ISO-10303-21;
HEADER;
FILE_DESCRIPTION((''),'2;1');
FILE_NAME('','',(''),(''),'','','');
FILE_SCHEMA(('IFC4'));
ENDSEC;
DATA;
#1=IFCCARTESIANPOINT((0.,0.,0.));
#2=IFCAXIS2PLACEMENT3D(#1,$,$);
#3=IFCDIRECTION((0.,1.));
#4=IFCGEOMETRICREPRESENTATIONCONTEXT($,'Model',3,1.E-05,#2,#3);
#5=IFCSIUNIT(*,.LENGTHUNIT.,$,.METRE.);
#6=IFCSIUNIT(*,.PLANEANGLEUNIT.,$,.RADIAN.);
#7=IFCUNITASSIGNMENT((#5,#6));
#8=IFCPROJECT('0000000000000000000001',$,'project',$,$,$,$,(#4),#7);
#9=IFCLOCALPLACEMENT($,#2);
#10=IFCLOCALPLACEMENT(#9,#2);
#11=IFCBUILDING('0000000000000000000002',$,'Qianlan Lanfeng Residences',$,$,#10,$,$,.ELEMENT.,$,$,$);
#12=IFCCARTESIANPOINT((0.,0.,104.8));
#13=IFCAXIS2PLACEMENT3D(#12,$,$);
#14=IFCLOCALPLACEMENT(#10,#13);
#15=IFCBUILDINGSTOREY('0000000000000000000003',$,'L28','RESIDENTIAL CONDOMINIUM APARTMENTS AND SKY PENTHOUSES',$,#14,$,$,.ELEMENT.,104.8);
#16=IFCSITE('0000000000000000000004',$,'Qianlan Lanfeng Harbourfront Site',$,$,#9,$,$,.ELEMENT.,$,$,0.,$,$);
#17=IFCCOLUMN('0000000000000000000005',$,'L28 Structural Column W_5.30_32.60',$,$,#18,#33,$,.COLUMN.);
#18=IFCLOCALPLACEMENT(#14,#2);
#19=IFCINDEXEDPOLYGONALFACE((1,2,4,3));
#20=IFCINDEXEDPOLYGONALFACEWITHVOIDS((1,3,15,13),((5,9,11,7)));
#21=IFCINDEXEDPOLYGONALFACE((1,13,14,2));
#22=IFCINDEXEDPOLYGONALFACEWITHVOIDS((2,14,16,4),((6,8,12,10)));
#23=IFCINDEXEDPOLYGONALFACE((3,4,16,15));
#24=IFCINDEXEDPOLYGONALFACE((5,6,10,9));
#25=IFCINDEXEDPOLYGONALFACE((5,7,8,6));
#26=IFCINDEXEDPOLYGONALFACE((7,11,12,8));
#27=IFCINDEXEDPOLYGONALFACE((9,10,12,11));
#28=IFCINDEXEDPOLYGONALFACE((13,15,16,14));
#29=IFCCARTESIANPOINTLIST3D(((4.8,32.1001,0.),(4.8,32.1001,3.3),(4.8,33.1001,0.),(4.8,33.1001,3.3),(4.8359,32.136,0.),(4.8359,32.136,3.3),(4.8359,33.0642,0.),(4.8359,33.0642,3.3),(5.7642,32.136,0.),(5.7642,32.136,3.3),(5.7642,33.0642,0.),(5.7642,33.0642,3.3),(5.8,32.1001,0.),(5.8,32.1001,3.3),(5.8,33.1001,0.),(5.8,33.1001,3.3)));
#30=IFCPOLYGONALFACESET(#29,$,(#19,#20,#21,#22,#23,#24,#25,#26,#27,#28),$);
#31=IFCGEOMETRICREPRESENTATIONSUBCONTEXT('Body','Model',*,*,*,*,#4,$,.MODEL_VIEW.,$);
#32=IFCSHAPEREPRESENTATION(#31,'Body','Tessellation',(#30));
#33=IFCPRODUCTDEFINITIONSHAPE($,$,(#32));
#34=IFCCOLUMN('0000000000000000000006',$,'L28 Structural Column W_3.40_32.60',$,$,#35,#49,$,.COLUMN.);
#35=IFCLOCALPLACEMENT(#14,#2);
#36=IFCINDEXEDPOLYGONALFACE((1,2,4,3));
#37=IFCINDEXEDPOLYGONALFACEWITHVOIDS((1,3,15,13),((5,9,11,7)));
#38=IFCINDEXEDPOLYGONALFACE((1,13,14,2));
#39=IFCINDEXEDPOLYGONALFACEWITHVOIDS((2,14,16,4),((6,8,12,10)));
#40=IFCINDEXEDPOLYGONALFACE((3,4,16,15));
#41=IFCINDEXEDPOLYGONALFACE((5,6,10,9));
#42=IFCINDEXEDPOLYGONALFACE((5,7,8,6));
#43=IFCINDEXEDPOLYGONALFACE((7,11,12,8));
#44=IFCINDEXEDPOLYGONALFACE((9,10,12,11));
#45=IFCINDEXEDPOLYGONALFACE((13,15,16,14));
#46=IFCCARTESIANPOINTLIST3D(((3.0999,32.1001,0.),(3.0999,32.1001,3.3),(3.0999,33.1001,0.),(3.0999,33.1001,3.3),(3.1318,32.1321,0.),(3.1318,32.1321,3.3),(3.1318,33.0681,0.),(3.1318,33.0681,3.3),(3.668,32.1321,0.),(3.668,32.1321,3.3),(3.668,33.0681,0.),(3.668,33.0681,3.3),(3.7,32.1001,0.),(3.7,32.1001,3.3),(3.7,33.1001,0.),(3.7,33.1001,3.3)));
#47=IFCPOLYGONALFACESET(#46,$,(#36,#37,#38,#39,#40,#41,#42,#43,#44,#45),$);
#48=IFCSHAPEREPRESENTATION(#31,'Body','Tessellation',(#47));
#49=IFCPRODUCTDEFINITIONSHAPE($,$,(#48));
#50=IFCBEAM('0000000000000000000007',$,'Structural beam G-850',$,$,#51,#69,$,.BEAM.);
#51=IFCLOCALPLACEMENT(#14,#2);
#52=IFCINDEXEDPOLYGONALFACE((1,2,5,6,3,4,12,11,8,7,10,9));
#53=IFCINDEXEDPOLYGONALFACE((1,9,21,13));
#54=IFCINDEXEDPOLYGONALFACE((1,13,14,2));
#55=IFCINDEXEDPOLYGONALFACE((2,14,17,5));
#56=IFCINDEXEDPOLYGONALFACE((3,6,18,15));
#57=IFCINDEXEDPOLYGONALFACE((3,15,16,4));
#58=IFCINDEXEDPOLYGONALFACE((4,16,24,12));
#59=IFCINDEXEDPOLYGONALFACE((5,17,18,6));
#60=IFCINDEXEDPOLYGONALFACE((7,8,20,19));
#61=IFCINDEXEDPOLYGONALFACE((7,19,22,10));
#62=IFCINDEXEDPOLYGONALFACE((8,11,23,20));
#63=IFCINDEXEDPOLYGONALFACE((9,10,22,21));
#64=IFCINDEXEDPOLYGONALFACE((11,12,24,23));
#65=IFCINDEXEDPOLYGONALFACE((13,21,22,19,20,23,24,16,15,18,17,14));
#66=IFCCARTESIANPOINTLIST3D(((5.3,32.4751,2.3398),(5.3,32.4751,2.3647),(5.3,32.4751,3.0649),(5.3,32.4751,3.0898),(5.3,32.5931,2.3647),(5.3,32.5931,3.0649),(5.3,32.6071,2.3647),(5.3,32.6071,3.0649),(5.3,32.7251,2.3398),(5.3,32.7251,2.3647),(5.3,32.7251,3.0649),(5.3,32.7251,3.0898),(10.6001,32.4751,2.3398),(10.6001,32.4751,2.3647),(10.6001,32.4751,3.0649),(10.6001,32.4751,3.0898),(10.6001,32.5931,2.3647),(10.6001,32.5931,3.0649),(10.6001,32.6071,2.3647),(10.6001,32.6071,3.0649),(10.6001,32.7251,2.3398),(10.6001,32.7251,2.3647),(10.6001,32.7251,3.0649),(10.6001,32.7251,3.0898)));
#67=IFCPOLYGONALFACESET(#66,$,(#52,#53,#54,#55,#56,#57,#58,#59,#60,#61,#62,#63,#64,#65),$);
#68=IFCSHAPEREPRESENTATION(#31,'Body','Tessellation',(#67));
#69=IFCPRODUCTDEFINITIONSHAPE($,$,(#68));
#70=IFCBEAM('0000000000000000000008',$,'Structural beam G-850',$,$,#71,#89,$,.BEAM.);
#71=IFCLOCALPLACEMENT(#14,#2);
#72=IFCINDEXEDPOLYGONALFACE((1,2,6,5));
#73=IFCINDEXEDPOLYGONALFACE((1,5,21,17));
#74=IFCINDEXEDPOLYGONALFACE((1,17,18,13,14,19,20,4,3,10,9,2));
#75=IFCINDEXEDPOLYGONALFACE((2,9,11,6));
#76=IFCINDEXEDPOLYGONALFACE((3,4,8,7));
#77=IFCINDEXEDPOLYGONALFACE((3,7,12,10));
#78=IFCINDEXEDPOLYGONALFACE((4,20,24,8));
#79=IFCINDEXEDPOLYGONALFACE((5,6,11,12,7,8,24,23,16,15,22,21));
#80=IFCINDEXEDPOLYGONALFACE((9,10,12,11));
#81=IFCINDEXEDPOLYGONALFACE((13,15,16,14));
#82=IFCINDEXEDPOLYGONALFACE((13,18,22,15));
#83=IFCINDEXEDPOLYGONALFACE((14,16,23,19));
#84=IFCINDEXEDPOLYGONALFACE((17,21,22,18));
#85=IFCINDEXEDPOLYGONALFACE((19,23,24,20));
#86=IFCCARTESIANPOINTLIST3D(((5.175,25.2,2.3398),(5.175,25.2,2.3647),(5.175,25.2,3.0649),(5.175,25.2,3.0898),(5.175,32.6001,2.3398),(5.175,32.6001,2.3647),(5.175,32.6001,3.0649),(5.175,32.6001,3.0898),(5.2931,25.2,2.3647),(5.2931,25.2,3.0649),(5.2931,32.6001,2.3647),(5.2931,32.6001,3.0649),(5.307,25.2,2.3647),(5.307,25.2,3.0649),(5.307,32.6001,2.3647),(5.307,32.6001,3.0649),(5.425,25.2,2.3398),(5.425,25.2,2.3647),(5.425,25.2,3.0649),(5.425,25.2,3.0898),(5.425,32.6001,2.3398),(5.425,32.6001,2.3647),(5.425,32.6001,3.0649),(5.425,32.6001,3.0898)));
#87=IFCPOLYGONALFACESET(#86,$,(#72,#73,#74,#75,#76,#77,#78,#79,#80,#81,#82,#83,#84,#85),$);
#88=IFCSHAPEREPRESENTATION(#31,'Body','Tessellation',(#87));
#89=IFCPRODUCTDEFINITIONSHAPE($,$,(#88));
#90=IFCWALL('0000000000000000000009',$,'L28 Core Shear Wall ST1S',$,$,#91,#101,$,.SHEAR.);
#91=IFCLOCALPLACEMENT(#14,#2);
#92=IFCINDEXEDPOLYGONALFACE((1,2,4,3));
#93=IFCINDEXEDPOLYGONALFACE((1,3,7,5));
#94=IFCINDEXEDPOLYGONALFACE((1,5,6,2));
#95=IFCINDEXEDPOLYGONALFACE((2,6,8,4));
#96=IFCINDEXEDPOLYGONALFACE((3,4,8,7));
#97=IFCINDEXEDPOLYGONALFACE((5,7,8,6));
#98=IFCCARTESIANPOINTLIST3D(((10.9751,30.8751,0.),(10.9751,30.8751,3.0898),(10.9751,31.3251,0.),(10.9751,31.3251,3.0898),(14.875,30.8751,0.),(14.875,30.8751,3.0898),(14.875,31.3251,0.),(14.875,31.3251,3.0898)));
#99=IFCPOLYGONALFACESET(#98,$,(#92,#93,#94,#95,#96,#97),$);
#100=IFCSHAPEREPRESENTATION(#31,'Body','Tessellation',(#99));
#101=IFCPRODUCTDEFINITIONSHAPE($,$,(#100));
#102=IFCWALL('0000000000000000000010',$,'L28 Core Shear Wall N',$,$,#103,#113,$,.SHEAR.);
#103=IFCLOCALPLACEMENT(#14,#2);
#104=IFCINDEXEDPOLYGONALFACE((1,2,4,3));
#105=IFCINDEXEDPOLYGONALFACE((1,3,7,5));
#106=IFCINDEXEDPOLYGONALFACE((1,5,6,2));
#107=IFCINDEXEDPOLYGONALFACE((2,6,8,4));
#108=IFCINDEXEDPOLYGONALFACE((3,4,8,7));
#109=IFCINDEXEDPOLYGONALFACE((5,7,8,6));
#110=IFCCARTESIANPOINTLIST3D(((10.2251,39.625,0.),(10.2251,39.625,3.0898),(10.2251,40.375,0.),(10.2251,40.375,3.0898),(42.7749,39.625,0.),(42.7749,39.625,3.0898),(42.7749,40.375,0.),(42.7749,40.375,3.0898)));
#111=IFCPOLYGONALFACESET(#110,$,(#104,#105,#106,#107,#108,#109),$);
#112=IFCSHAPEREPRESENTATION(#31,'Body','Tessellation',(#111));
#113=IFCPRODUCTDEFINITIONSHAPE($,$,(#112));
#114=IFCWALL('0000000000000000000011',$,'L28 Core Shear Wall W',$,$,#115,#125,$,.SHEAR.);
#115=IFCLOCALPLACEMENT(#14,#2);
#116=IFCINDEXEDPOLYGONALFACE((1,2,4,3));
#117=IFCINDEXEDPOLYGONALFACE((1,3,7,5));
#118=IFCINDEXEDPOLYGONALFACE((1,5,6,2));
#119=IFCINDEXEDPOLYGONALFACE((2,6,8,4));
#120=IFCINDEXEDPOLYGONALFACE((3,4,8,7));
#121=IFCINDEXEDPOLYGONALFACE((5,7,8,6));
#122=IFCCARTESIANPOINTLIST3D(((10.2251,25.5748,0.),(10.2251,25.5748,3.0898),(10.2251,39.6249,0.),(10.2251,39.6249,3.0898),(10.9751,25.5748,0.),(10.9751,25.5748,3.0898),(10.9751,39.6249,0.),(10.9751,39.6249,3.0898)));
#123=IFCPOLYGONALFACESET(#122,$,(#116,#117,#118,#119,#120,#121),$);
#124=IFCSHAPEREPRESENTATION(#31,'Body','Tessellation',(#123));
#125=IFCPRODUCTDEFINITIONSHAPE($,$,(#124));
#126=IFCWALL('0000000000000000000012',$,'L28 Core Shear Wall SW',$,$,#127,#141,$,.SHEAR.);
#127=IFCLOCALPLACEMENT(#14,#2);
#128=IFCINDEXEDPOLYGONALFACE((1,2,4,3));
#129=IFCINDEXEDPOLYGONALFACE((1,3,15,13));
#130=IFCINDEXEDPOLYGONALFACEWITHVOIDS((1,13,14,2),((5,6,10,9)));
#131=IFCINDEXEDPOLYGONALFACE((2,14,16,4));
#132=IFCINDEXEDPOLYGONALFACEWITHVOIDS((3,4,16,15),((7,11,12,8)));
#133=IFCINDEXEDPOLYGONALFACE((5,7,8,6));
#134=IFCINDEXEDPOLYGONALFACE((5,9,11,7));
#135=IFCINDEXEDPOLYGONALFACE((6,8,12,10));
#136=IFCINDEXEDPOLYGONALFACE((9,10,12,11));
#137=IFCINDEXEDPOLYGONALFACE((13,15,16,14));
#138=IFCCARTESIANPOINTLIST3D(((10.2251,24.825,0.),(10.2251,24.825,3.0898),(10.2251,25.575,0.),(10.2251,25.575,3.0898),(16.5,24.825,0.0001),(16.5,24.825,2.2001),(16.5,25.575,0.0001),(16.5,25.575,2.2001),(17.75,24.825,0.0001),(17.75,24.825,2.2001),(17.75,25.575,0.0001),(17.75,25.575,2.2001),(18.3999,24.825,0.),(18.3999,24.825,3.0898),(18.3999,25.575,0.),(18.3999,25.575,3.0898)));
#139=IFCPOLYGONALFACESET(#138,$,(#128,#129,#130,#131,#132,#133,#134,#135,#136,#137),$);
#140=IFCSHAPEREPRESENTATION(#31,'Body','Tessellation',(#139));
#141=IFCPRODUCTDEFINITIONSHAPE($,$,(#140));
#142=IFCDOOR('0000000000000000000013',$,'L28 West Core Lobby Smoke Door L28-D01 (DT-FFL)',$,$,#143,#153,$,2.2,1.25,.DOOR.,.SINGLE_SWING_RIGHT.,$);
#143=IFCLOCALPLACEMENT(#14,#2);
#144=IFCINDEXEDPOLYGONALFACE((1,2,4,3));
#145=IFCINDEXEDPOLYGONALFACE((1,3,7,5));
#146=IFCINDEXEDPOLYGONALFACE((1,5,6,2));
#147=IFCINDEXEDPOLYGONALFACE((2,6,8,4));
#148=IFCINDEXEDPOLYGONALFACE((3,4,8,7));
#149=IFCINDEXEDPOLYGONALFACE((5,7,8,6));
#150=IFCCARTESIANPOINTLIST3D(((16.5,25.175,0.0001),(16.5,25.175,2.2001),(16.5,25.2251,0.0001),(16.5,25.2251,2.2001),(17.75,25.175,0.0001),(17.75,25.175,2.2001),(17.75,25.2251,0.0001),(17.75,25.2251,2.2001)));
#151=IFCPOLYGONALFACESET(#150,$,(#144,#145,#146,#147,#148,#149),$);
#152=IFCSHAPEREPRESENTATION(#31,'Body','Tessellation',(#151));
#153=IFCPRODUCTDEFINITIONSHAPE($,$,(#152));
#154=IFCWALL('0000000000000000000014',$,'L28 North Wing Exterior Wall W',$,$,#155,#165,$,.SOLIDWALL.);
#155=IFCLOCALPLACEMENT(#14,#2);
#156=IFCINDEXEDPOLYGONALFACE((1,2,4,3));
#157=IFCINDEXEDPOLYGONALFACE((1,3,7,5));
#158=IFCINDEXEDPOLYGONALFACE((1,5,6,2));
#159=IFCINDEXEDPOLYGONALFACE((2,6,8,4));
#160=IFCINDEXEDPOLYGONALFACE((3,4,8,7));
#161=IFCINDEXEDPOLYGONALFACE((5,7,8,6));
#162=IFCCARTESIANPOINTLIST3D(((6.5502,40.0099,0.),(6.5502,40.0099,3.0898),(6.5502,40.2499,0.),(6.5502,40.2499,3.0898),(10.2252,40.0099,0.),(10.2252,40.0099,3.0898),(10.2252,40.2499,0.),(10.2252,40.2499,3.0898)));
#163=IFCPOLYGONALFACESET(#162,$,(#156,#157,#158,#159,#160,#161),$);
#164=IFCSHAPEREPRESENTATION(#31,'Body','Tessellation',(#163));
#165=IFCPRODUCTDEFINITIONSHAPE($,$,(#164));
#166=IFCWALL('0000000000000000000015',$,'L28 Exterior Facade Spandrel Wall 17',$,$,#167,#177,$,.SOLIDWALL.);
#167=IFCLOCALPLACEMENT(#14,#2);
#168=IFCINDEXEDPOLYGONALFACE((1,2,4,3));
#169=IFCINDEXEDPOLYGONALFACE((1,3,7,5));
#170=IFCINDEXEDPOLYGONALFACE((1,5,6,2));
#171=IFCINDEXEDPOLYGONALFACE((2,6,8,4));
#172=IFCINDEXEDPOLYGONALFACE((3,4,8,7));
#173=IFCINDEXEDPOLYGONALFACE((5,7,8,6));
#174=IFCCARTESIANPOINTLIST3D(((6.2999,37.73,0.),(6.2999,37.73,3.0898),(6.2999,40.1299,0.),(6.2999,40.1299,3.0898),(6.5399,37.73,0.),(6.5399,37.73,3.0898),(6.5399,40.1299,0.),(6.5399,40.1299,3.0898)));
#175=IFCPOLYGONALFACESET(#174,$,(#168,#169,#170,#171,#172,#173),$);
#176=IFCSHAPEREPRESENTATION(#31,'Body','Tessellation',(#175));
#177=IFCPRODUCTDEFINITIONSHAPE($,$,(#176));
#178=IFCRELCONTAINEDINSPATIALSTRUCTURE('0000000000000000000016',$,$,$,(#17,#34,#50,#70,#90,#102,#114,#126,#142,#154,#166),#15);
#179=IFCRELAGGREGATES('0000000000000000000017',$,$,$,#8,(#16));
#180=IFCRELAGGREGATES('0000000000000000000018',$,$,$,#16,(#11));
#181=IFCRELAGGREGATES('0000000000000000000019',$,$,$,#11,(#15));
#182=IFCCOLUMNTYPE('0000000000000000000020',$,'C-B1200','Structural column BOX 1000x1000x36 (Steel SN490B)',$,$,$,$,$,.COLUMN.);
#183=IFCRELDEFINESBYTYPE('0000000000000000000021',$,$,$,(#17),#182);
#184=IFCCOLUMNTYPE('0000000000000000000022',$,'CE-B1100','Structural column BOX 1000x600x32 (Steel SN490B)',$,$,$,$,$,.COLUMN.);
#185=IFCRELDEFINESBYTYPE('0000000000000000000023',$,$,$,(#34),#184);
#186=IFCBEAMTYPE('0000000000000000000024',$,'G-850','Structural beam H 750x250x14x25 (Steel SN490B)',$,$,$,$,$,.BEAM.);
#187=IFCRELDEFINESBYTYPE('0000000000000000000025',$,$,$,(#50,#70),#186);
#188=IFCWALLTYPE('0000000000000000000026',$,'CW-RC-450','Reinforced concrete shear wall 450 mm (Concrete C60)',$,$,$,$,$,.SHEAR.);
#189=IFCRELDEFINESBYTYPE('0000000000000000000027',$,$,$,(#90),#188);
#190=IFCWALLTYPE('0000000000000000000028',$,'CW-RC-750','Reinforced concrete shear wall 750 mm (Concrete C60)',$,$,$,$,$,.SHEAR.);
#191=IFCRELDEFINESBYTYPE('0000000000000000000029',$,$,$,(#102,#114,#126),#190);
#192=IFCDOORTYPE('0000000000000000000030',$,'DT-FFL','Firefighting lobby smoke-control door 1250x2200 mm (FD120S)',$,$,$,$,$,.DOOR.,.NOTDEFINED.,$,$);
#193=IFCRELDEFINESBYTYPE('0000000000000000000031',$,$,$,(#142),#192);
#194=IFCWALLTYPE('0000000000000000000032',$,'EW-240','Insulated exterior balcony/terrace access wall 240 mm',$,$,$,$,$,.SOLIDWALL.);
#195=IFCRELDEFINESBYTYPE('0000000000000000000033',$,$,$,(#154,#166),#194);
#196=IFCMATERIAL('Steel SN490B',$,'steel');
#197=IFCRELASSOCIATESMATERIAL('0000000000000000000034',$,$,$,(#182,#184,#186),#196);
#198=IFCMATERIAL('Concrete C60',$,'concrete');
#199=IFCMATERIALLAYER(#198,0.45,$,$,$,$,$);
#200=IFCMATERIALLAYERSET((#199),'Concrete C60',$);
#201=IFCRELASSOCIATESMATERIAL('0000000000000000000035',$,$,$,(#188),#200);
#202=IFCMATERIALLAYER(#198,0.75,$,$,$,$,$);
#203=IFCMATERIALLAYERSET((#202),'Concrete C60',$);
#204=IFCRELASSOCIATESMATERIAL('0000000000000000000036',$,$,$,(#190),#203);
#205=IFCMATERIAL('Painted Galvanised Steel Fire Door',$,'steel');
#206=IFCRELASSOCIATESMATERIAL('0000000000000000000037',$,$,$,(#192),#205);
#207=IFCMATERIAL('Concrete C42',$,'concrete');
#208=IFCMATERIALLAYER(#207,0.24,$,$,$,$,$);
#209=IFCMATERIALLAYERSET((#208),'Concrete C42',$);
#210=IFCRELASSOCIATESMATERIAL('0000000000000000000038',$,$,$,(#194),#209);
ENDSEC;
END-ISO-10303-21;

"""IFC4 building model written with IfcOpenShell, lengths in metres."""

from ifc_helpers import new_model, si_unit, direction, frame, frame_2d, origin, origin_2d, place, context, subcontext, project, spatial, rectangle, hollow_rectangle, i_section, extrude, material, layer, layer_set, material_profile, profile_set, type_object, element, fill, save


model = new_model("IFC4")

# Units and contexts
model_context = context("Model", 3, precision=1e-05, world=origin(), true_north=direction((0.0, 1.0)))
body_context = subcontext(model_context, "Body", "Model", "MODEL_VIEW")
ifc_project = project(units=[si_unit("LENGTHUNIT", "METRE"), si_unit("PLANEANGLEUNIT", "RADIAN")], contexts=[model_context])

# Site, building, storey
site_placement = place(None, origin())
site = spatial("IfcSite", under=ifc_project, at=site_placement, Name="Qianlan Lanfeng Harbourfront Site", CompositionType="ELEMENT", RefElevation=0.0)
building_placement = place(site_placement, origin())
building = spatial("IfcBuilding", under=site, at=building_placement, Name="Qianlan Lanfeng Residences", CompositionType="ELEMENT")
storey_placement = place(building_placement, frame((0.0, 0.0, 104.8)))
storey = spatial("IfcBuildingStorey", under=building, at=storey_placement, Name="L28", Description="RESIDENTIAL CONDOMINIUM APARTMENTS AND SKY PENTHOUSES", CompositionType="ELEMENT", Elevation=104.8)

# Columns
ifc_material_1 = material(Name="Steel SN490B", Category="steel")
ifc_material_profile_1 = material_profile(ifc_material_1, hollow_rectangle(XDim=1.0, YDim=1.0, WallThickness=0.0359, at=origin_2d()), Name="BOX 1000x1000x36")
ifc_profile_set_1 = profile_set([ifc_material_profile_1], Name="Steel SN490B")
column_type_1 = type_object("IfcColumnType", Name="C-B1200", Description="Structural column BOX 1000x1000x36 (Steel SN490B)", PredefinedType="COLUMN", material=ifc_profile_set_1)
column_1_placement = place(storey_placement, frame((5.3, 32.6001, 0.0), z_axis=(0.0, 0.0, 1.0), x_axis=(1.0, 0.0, 0.0)))
element("IfcColumn", 1, at=column_1_placement, inside=storey, type_object=column_type_1, Name="L28 Structural Column W_5.30_32.60", PredefinedType="COLUMN", context=body_context, shape_type="SweptSolid", body=[
    extrude(hollow_rectangle(XDim=1.0, YDim=1.0, WallThickness=0.0359, at=origin_2d()), origin(), (0.0, 0.0, 1.0), 3.3),
])
ifc_material_profile_2 = material_profile(ifc_material_1, hollow_rectangle(XDim=0.6001, YDim=1.0, WallThickness=0.032, at=origin_2d()), Name="BOX 1000x600x32")
ifc_profile_set_2 = profile_set([ifc_material_profile_2], Name="Steel SN490B")
column_type_2 = type_object("IfcColumnType", Name="CE-B1100", Description="Structural column BOX 1000x600x32 (Steel SN490B)", PredefinedType="COLUMN", material=ifc_profile_set_2)
column_2_placement = place(storey_placement, frame((3.3999, 32.6001, 0.0), z_axis=(0.0, 0.0, 1.0), x_axis=(1.0, 0.0, 0.0)))
element("IfcColumn", 2, at=column_2_placement, inside=storey, type_object=column_type_2, Name="L28 Structural Column W_3.40_32.60", PredefinedType="COLUMN", context=body_context, shape_type="SweptSolid", body=[
    extrude(hollow_rectangle(XDim=0.6001, YDim=1.0, WallThickness=0.032, at=origin_2d()), origin(), (0.0, 0.0, 1.0), 3.3),
])

# Beams
ifc_material_profile_3 = material_profile(ifc_material_1, i_section(OverallWidth=0.25, OverallDepth=0.75, WebThickness=0.0139, FlangeThickness=0.0249, at=origin_2d()), Name="H 750x250x14x25")
ifc_profile_set_3 = profile_set([ifc_material_profile_3], Name="Steel SN490B")
beam_type = type_object("IfcBeamType", Name="G-850", Description="Structural beam H 750x250x14x25 (Steel SN490B)", PredefinedType="BEAM", material=ifc_profile_set_3)
beam_1_placement = place(storey_placement, frame((5.3, 32.6001, 2.7148), z_axis=(1.0, 0.0, 0.0), x_axis=(0.0, 1.0, 0.0)))
element("IfcBeam", 3, at=beam_1_placement, inside=storey, type_object=beam_type, Name="Structural beam G-850", PredefinedType="BEAM", context=body_context, shape_type="SweptSolid", body=[
    extrude(i_section(OverallWidth=0.25, OverallDepth=0.75, WebThickness=0.0139, FlangeThickness=0.0249, at=origin_2d()), origin(), (0.0, 0.0, 1.0), 5.3),
])
beam_2_placement = place(storey_placement, frame((5.3, 25.2, 2.7148), z_axis=(0.0, 1.0, 0.0), x_axis=(-1.0, 0.0, 0.0)))
element("IfcBeam", 4, at=beam_2_placement, inside=storey, type_object=beam_type, Name="Structural beam G-850", PredefinedType="BEAM", context=body_context, shape_type="SweptSolid", body=[
    extrude(i_section(OverallWidth=0.25, OverallDepth=0.75, WebThickness=0.0139, FlangeThickness=0.0249, at=origin_2d()), origin(), (0.0, 0.0, 1.0), 7.4001),
])

# Walls
ifc_material_2 = material(Name="Concrete C60", Category="concrete")
ifc_layer_1 = layer(ifc_material_2, 0.45)
ifc_layer_set_1 = layer_set([ifc_layer_1], Name="Concrete C60")
wall_type_1 = type_object("IfcWallType", Name="CW-RC-450", Description="Reinforced concrete shear wall 450 mm (Concrete C60)", PredefinedType="SHEAR", material=ifc_layer_set_1)
wall_1_placement = place(storey_placement, frame((10.9751, 31.1001, 0.0), z_axis=(0.0, 0.0, 1.0), x_axis=(1.0, 0.0, 0.0)))
element("IfcWall", 5, at=wall_1_placement, inside=storey, type_object=wall_type_1, Name="L28 Core Shear Wall ST1S", PredefinedType="SHEAR", context=body_context, shape_type="SweptSolid", body=[
    extrude(rectangle(XDim=3.8999, YDim=0.45, at=frame_2d((1.95, 0.0))), origin(), (0.0, 0.0, 1.0), 3.0898),
])
ifc_layer_2 = layer(ifc_material_2, 0.75)
ifc_layer_set_2 = layer_set([ifc_layer_2], Name="Concrete C60")
wall_type_2 = type_object("IfcWallType", Name="CW-RC-750", Description="Reinforced concrete shear wall 750 mm (Concrete C60)", PredefinedType="SHEAR", material=ifc_layer_set_2)
wall_2_placement = place(storey_placement, frame((10.2251, 40.0, 0.0), z_axis=(0.0, 0.0, 1.0), x_axis=(1.0, 0.0, 0.0)))
element("IfcWall", 6, at=wall_2_placement, inside=storey, type_object=wall_type_2, Name="L28 Core Shear Wall N", PredefinedType="SHEAR", context=body_context, shape_type="SweptSolid", body=[
    extrude(rectangle(XDim=32.5498, YDim=0.75, at=frame_2d((16.2749, 0.0))), origin(), (0.0, 0.0, 1.0), 3.0898),
])
wall_3_placement = place(storey_placement, frame((10.6001, 25.575, 0.0), z_axis=(0.0, 0.0, 1.0), x_axis=(0.0, 1.0, 0.0)))
element("IfcWall", 7, at=wall_3_placement, inside=storey, type_object=wall_type_2, Name="L28 Core Shear Wall W", PredefinedType="SHEAR", context=body_context, shape_type="SweptSolid", body=[
    extrude(rectangle(XDim=14.05, YDim=0.75, at=frame_2d((7.0249, 0.0))), origin(), (0.0, 0.0, 1.0), 3.0898),
])

# Wall, opening, door
wall_4_placement = place(storey_placement, frame((10.2251, 25.2, 0.0), z_axis=(0.0, 0.0, 1.0), x_axis=(1.0, 0.0, 0.0)))
wall_4 = element("IfcWall", 8, at=wall_4_placement, inside=storey, type_object=wall_type_2, Name="L28 Core Shear Wall SW", PredefinedType="SHEAR", context=body_context, shape_type="SweptSolid", body=[
    extrude(rectangle(XDim=8.1748, YDim=0.75, at=frame_2d((4.0874, 0.0))), origin(), (0.0, 0.0, 1.0), 3.0898),
])
opening_1_placement = place(wall_4_placement, frame((6.2749, 0.0, 0.0)))
opening_1 = element("IfcOpeningElement", 9, at=opening_1_placement, cuts=wall_4, PredefinedType="OPENING", context=body_context, shape_type="SweptSolid", body=[
    extrude(rectangle(XDim=1.25, YDim=2.2, at=frame_2d((0.625, 1.1001))), frame((0.0, 0.385, 0.0), z_axis=(0.0, -1.0, 0.0), x_axis=(1.0, 0.0, 0.0)), (0.0, 0.0, 1.0), 0.77),
])
ifc_material_3 = material(Name="Painted Galvanised Steel Fire Door", Category="steel")
door_type_1 = type_object("IfcDoorType", Name="DT-FFL", Description="Firefighting lobby smoke-control door 1250x2200 mm (FD120S)", OperationType="NOTDEFINED", PredefinedType="DOOR", material=ifc_material_3)
door_1_placement = place(opening_1_placement, frame((1.25, 0.0, 0.0), z_axis=(0.0, 0.0, 1.0), x_axis=(-1.0, 0.0, 0.0)))
door_1 = element("IfcDoor", 10, at=door_1_placement, inside=storey, type_object=door_type_1, Name="L28 West Core Lobby Smoke Door L28-D01 (DT-FFL)", OperationType="SINGLE_SWING_RIGHT", OverallHeight=2.2, OverallWidth=1.25, PredefinedType="DOOR", context=body_context, shape_type="SweptSolid", body=[
    extrude(rectangle(XDim=1.25, YDim=2.2, at=frame_2d((0.625, 1.1001))), frame((0.0, 0.0249, 0.0), z_axis=(0.0, -1.0, 0.0), x_axis=(1.0, 0.0, 0.0)), (0.0, 0.0, 1.0), 0.05),
])
fill(opening_1, door_1)

# Walls
ifc_material_4 = material(Name="Concrete C42", Category="concrete")
ifc_layer_3 = layer(ifc_material_4, 0.24)
ifc_layer_set_3 = layer_set([ifc_layer_3], Name="Concrete C42")
wall_type_3 = type_object("IfcWallType", Name="EW-240", Description="Insulated exterior balcony/terrace access wall 240 mm", PredefinedType="SOLIDWALL", material=ifc_layer_set_3)
wall_5_placement = place(storey_placement, frame((10.2251, 40.1299, 0.0), z_axis=(0.0, 0.0, 1.0), x_axis=(-1.0, 0.0, 0.0)))
element("IfcWall", 11, at=wall_5_placement, inside=storey, type_object=wall_type_3, Name="L28 North Wing Exterior Wall W", PredefinedType="SOLIDWALL", context=body_context, shape_type="SweptSolid", body=[
    extrude(rectangle(XDim=3.675, YDim=0.24, at=frame_2d((1.8374, 0.0))), origin(), (0.0, 0.0, 1.0), 3.0898),
])
for number, where, z_axis, x_axis, name in (
    (12, (6.4199, 40.1299, 0.0), (0.0, 0.0, 1.0), (0.0, -1.0, 0.0), "L28 Exterior Facade Spandrel Wall 17"),
):
    element("IfcWall", number, at=place(storey_placement, frame(where, z_axis=z_axis, x_axis=x_axis)), inside=storey, type_object=wall_type_3, Name=name, PredefinedType="SOLIDWALL", context=body_context, shape_type="SweptSolid", body=[
        extrude(rectangle(XDim=2.3999, YDim=0.24, at=frame_2d((1.2, 0.0))), origin(), (0.0, 0.0, 1.0), 3.0898),
    ])

save(model, "model.ifc")
